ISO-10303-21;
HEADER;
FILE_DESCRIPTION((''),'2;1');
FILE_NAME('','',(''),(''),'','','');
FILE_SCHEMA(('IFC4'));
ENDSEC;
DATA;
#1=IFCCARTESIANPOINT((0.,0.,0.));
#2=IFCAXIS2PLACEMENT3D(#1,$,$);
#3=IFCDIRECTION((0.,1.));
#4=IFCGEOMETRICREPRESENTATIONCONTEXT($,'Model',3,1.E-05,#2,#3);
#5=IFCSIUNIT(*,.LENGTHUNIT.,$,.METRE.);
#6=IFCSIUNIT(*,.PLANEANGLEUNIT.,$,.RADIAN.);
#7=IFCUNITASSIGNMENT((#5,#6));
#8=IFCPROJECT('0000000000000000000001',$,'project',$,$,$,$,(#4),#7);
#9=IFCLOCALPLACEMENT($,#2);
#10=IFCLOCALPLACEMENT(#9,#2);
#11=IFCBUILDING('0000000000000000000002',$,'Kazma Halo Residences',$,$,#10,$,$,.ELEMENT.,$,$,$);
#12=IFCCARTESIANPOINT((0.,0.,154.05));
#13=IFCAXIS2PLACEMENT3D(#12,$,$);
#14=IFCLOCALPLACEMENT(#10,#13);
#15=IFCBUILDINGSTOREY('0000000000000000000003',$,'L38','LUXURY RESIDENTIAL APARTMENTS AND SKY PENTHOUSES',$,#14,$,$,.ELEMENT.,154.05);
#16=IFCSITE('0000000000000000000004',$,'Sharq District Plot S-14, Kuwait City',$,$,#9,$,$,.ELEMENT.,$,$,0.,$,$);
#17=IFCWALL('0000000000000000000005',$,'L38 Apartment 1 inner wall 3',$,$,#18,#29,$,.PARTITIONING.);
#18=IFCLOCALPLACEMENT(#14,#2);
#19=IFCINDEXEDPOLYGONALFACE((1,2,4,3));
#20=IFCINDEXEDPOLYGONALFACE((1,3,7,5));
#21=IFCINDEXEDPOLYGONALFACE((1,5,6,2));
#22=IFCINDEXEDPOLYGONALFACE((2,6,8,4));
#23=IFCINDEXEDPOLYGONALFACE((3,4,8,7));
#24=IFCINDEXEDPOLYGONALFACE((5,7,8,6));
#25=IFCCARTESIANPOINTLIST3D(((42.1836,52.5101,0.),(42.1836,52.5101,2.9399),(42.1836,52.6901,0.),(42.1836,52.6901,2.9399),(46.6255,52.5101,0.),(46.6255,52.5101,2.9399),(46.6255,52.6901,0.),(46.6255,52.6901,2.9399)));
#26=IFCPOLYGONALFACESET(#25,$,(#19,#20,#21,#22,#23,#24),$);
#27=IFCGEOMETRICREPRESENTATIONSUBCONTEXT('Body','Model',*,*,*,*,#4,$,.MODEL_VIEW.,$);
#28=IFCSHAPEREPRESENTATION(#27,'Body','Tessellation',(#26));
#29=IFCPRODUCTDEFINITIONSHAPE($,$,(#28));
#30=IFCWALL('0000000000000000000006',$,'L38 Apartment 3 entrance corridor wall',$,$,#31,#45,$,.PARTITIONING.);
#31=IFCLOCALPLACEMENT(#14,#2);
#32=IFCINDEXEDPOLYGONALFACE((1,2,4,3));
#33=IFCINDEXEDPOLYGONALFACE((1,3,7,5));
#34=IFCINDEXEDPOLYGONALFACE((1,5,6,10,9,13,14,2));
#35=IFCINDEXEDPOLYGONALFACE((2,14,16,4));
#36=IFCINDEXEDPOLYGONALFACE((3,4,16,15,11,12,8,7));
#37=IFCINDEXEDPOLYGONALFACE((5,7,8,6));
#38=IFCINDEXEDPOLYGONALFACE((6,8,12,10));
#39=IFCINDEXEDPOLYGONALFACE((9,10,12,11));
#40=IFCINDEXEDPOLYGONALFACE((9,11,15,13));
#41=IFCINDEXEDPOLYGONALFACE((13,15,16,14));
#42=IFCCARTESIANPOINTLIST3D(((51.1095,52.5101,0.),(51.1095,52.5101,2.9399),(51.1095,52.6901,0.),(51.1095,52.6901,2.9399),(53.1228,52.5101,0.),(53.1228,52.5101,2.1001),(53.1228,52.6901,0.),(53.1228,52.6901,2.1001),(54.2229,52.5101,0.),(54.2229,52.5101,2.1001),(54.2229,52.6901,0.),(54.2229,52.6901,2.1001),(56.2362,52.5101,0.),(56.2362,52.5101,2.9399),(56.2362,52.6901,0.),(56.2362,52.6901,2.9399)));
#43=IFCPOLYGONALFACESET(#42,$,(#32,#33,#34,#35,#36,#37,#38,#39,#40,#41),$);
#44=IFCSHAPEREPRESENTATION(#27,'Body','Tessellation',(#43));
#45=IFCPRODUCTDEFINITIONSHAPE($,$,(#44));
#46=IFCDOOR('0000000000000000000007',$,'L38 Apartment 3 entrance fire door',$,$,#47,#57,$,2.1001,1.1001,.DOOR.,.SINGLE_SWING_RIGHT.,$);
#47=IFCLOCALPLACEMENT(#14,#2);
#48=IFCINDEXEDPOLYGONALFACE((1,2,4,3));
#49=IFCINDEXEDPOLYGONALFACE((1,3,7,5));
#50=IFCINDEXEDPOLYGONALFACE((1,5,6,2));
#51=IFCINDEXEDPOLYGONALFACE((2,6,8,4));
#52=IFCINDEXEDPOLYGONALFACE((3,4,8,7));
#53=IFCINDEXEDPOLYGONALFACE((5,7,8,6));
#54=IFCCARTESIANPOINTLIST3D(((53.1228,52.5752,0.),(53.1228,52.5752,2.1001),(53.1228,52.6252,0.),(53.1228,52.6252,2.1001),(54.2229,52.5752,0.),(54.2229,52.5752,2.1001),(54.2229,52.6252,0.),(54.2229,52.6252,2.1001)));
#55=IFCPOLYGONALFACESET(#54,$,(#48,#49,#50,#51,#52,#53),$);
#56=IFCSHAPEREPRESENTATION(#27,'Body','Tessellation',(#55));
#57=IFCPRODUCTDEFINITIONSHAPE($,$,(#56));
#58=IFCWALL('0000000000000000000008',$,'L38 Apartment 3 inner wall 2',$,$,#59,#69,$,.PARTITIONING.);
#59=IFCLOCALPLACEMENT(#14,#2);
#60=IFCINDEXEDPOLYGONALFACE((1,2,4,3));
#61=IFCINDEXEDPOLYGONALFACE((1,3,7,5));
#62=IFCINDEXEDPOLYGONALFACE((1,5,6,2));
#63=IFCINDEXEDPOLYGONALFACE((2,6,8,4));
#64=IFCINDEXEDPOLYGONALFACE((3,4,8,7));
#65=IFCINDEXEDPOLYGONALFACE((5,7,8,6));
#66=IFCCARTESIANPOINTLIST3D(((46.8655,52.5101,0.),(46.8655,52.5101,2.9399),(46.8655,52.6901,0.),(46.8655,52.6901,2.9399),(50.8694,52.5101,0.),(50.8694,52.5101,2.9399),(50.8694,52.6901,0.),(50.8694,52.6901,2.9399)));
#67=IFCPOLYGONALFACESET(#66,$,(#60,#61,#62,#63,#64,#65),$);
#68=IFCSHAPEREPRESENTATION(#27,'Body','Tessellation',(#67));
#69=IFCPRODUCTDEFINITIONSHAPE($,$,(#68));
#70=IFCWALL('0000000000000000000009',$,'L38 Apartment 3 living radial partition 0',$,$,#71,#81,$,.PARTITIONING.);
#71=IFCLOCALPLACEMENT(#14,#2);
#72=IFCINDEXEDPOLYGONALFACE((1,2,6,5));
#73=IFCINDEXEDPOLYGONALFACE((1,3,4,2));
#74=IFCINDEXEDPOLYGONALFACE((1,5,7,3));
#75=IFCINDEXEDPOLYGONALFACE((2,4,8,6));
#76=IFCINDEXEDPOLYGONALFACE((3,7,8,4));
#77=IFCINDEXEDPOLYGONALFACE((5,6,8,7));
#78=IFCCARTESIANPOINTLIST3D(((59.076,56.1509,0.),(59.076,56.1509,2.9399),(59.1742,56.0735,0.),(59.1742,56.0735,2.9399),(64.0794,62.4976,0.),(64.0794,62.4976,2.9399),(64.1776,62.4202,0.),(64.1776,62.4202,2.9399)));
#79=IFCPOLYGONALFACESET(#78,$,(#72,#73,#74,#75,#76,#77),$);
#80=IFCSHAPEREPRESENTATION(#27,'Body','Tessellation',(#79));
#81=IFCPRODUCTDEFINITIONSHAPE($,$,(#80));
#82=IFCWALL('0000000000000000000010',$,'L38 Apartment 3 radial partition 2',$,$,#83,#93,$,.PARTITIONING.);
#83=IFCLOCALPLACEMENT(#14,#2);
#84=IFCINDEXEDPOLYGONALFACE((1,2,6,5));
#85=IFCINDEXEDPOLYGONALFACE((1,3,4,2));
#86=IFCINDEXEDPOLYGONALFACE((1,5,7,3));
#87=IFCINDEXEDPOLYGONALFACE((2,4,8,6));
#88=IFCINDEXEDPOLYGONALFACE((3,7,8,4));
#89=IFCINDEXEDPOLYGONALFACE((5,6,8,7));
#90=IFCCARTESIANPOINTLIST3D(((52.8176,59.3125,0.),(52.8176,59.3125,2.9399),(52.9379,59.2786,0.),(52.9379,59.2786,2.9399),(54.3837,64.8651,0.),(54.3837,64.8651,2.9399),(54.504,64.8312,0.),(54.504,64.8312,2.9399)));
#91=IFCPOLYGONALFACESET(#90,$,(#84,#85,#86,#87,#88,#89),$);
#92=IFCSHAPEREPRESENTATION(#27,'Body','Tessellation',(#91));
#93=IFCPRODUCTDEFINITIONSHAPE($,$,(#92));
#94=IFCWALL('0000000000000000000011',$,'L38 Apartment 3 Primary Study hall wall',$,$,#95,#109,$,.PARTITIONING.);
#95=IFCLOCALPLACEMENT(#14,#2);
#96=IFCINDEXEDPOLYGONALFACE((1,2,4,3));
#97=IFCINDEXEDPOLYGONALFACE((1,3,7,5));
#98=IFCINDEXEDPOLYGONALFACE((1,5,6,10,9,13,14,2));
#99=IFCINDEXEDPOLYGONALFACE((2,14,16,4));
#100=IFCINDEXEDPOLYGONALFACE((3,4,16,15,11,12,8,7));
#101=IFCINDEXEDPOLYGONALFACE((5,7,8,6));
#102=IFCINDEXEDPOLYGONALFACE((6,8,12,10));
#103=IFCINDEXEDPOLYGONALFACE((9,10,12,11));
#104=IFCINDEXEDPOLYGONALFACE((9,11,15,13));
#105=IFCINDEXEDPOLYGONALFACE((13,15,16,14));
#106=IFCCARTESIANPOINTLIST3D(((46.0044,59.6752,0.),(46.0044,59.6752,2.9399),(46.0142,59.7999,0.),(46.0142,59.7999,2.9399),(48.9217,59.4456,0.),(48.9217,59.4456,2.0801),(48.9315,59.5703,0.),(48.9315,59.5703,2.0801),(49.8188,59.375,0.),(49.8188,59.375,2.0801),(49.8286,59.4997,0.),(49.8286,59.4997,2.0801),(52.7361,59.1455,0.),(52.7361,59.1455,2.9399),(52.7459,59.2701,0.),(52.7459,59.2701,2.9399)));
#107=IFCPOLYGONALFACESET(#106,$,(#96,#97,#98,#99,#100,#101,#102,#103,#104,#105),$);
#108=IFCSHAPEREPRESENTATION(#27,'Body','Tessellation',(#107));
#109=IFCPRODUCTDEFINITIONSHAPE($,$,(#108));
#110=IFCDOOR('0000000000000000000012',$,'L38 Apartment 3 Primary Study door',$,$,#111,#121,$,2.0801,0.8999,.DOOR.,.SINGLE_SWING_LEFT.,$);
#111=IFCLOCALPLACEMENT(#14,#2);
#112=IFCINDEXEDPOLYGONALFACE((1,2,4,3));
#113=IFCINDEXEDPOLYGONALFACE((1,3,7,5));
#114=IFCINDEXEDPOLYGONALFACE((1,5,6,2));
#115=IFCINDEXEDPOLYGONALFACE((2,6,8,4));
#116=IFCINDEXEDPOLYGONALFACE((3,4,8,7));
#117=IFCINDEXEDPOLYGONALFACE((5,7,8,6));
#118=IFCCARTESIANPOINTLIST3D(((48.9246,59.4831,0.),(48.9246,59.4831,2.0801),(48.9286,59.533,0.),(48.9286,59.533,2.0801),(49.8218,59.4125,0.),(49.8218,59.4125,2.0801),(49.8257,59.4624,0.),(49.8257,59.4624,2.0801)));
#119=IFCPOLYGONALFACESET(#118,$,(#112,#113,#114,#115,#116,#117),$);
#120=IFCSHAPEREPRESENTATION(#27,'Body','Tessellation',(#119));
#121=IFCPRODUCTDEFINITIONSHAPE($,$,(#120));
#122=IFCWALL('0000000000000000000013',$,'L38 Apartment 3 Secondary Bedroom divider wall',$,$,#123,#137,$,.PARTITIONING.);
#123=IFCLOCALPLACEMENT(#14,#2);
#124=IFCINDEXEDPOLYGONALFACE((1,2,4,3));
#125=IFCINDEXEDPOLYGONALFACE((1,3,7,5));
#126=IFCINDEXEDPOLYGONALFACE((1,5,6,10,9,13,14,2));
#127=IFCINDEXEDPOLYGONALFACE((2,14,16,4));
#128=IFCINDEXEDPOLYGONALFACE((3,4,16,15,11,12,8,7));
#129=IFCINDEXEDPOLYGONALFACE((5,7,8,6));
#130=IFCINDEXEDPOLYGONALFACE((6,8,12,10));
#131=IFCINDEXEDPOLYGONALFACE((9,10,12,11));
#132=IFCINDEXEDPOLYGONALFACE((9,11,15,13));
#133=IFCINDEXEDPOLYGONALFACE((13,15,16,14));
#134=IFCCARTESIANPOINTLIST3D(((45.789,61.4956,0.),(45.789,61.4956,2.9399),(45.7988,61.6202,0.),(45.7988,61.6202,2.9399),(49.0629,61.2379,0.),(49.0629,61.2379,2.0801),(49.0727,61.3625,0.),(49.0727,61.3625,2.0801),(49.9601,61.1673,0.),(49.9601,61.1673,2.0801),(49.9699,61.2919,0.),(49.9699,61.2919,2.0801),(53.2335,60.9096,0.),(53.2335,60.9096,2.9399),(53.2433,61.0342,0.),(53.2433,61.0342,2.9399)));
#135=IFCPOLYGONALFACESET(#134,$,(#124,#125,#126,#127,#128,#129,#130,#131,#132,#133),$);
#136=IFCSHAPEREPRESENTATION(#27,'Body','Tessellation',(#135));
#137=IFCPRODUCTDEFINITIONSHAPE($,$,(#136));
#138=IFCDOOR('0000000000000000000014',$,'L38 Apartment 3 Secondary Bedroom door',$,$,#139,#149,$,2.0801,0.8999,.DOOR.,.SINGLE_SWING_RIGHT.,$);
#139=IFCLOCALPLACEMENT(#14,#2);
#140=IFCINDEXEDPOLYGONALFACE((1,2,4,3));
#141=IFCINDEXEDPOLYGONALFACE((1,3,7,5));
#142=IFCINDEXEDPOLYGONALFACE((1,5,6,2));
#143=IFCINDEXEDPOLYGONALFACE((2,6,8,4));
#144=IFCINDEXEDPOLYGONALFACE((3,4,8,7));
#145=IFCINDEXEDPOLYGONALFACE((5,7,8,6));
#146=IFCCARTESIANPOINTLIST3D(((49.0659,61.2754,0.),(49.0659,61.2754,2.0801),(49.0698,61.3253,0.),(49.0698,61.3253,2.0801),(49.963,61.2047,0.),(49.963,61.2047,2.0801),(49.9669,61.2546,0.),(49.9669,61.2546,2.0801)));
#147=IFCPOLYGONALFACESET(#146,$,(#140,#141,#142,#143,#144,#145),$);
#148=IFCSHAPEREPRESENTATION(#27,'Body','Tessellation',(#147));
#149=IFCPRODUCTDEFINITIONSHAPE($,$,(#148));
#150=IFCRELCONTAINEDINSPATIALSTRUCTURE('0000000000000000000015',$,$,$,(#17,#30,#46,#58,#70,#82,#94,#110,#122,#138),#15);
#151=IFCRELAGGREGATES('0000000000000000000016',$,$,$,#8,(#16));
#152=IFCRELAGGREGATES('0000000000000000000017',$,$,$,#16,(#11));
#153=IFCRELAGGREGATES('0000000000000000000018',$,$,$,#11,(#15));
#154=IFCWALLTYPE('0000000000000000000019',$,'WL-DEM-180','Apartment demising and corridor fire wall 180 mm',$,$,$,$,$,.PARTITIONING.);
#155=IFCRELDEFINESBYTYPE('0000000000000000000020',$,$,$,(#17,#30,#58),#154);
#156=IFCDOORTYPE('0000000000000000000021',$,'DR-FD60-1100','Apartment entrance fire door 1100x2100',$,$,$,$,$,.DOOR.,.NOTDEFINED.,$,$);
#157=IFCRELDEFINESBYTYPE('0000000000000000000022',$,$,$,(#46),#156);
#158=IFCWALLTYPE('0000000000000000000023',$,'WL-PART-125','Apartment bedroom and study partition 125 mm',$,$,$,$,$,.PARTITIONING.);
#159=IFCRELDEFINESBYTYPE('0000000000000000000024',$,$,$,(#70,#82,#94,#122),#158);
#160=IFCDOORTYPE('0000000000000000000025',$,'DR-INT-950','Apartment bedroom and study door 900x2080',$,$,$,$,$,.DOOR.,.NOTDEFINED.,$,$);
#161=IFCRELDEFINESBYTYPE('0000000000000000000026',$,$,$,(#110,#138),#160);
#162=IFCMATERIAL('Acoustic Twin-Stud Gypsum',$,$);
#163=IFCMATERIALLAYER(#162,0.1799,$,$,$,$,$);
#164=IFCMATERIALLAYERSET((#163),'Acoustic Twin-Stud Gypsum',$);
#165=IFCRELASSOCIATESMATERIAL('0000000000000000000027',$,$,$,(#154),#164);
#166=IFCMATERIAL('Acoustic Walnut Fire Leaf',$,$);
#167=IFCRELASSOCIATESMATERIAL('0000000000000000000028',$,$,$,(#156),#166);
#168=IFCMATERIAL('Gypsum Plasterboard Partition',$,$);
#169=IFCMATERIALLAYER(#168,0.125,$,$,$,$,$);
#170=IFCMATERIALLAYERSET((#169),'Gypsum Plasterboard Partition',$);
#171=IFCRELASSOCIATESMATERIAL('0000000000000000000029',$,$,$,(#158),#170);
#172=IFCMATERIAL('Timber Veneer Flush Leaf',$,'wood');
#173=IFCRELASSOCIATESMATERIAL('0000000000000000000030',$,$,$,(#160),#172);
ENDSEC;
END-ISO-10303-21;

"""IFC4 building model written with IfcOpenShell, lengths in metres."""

from ifc_helpers import new_model, si_unit, direction, frame, frame_2d, origin, place, context, subcontext, project, spatial, rectangle, extrude, material, layer, layer_set, type_object, element, fill, save


model = new_model("IFC4")

# Units and contexts
model_context = context("Model", 3, precision=1e-05, world=origin(), true_north=direction((0.0, 1.0)))
body_context = subcontext(model_context, "Body", "Model", "MODEL_VIEW")
ifc_project = project(units=[si_unit("LENGTHUNIT", "METRE"), si_unit("PLANEANGLEUNIT", "RADIAN")], contexts=[model_context])

# Site, building, storey
site_placement = place(None, origin())
site = spatial("IfcSite", under=ifc_project, at=site_placement, Name="Sharq District Plot S-14, Kuwait City", CompositionType="ELEMENT", RefElevation=0.0)
building_placement = place(site_placement, origin())
building = spatial("IfcBuilding", under=site, at=building_placement, Name="Kazma Halo Residences", CompositionType="ELEMENT")
storey_placement = place(building_placement, frame((0.0, 0.0, 154.05)))
storey = spatial("IfcBuildingStorey", under=building, at=storey_placement, Name="L38", Description="LUXURY RESIDENTIAL APARTMENTS AND SKY PENTHOUSES", CompositionType="ELEMENT", Elevation=154.05)

# Wall
ifc_material_1 = material(Name="Acoustic Twin-Stud Gypsum")
ifc_layer_1 = layer(ifc_material_1, 0.1799)
ifc_layer_set_1 = layer_set([ifc_layer_1], Name="Acoustic Twin-Stud Gypsum")
wall_type_1 = type_object("IfcWallType", Name="WL-DEM-180", Description="Apartment demising and corridor fire wall 180 mm", PredefinedType="PARTITIONING", material=ifc_layer_set_1)
wall_1_placement = place(storey_placement, frame((46.6255, 52.6001, 0.0), z_axis=(0.0, 0.0, 1.0), x_axis=(-1.0, 0.0, 0.0)))
element("IfcWall", 1, at=wall_1_placement, inside=storey, type_object=wall_type_1, Name="L38 Apartment 1 inner wall 3", PredefinedType="PARTITIONING", context=body_context, shape_type="SweptSolid", body=[
    extrude(rectangle(XDim=4.4419, YDim=0.1799, at=frame_2d((2.2209, 0.0))), origin(), (0.0, 0.0, 1.0), 2.9399),
])

# Wall, opening, door
wall_2_placement = place(storey_placement, frame((56.2363, 52.6001, 0.0), z_axis=(0.0, 0.0, 1.0), x_axis=(-1.0, 0.0, 0.0)))
wall_2 = element("IfcWall", 2, at=wall_2_placement, inside=storey, type_object=wall_type_1, Name="L38 Apartment 3 entrance corridor wall", PredefinedType="PARTITIONING", context=body_context, shape_type="SweptSolid", body=[
    extrude(rectangle(XDim=5.1267, YDim=0.1799, at=frame_2d((2.5635, 0.0))), origin(), (0.0, 0.0, 1.0), 2.9399),
])
opening_1_placement = place(wall_2_placement, frame((2.0134, 0.0, 0.0)))
opening_1 = element("IfcOpeningElement", 3, at=opening_1_placement, cuts=wall_2, PredefinedType="OPENING", context=body_context, shape_type="SweptSolid", body=[
    extrude(rectangle(XDim=1.1001, YDim=2.1001, at=frame_2d((0.55, 1.05))), frame((0.0, 0.0999, 0.0), z_axis=(0.0, -1.0, 0.0), x_axis=(1.0, 0.0, 0.0)), (0.0, 0.0, 1.0), 0.2),
])
ifc_material_2 = material(Name="Acoustic Walnut Fire Leaf")
door_type_1 = type_object("IfcDoorType", Name="DR-FD60-1100", Description="Apartment entrance fire door 1100x2100", OperationType="NOTDEFINED", PredefinedType="DOOR", material=ifc_material_2)
door_1_placement = place(opening_1_placement, origin())
door_1 = element("IfcDoor", 4, at=door_1_placement, inside=storey, type_object=door_type_1, Name="L38 Apartment 3 entrance fire door", OperationType="SINGLE_SWING_RIGHT", OverallHeight=2.1001, OverallWidth=1.1001, PredefinedType="DOOR", context=body_context, shape_type="SweptSolid", body=[
    extrude(rectangle(XDim=1.1001, YDim=2.1001, at=frame_2d((0.55, 1.05))), frame((0.0, 0.0249, 0.0), z_axis=(0.0, -1.0, 0.0), x_axis=(1.0, 0.0, 0.0)), (0.0, 0.0, 1.0), 0.05),
])
fill(opening_1, door_1)

# Walls
wall_3_placement = place(storey_placement, frame((50.8694, 52.6001, 0.0), z_axis=(0.0, 0.0, 1.0), x_axis=(-1.0, 0.0, 0.0)))
element("IfcWall", 5, at=wall_3_placement, inside=storey, type_object=wall_type_1, Name="L38 Apartment 3 inner wall 2", PredefinedType="PARTITIONING", context=body_context, shape_type="SweptSolid", body=[
    extrude(rectangle(XDim=4.0039, YDim=0.1799, at=frame_2d((2.002, 0.0))), origin(), (0.0, 0.0, 1.0), 2.9399),
])
ifc_material_3 = material(Name="Gypsum Plasterboard Partition")
ifc_layer_2 = layer(ifc_material_3, 0.125)
ifc_layer_set_2 = layer_set([ifc_layer_2], Name="Gypsum Plasterboard Partition")
wall_type_2 = type_object("IfcWallType", Name="WL-PART-125", Description="Apartment bedroom and study partition 125 mm", PredefinedType="PARTITIONING", material=ifc_layer_set_2)
wall_4_placement = place(storey_placement, frame((59.125, 56.1121, 0.0), z_axis=(0.0, 0.0, 1.0), x_axis=(0.619102, 0.785311, 0.0)))
element("IfcWall", 6, at=wall_4_placement, inside=storey, type_object=wall_type_2, Name="L38 Apartment 3 living radial partition 0", PredefinedType="PARTITIONING", context=body_context, shape_type="SweptSolid", body=[
    extrude(rectangle(XDim=8.0818, YDim=0.125, at=frame_2d((4.041, 0.0))), origin(), (0.0, 0.0, 1.0), 2.9399),
])
wall_5_placement = place(storey_placement, frame((52.8777, 59.2954, 0.0), z_axis=(0.0, 0.0, 1.0), x_axis=(0.271461, 0.962449, 0.0)))
element("IfcWall", 7, at=wall_5_placement, inside=storey, type_object=wall_type_2, Name="L38 Apartment 3 radial partition 2", PredefinedType="PARTITIONING", context=body_context, shape_type="SweptSolid", body=[
    extrude(rectangle(XDim=5.7693, YDim=0.125, at=frame_2d((2.8848, 0.0))), origin(), (0.0, 0.0, 1.0), 2.9399),
])

# Walls, openings, doors
wall_6_placement = place(storey_placement, frame((52.741, 59.2078, 0.0), z_axis=(0.0, 0.0, 1.0), x_axis=(-0.996917, 0.078458, 0.0)))
wall_6 = element("IfcWall", 8, at=wall_6_placement, inside=storey, type_object=wall_type_2, Name="L38 Apartment 3 Primary Study hall wall", PredefinedType="PARTITIONING", context=body_context, shape_type="SweptSolid", body=[
    extrude(rectangle(XDim=6.7524, YDim=0.125, at=frame_2d((3.3762, 0.0))), origin(), (0.0, 0.0, 1.0), 2.9399),
])
opening_2_placement = place(wall_6_placement, frame((2.9263, 0.0, 0.0)))
opening_2 = element("IfcOpeningElement", 9, at=opening_2_placement, cuts=wall_6, PredefinedType="OPENING", context=body_context, shape_type="SweptSolid", body=[
    extrude(rectangle(XDim=0.8999, YDim=2.0801, at=frame_2d((0.45, 1.04))), frame((0.0, 0.0725, 0.0), z_axis=(0.0, -1.0, 0.0), x_axis=(1.0, 0.0, 0.0)), (0.0, 0.0, 1.0), 0.145),
])
ifc_material_4 = material(Name="Timber Veneer Flush Leaf", Category="wood")
door_type_2 = type_object("IfcDoorType", Name="DR-INT-950", Description="Apartment bedroom and study door 900x2080", OperationType="NOTDEFINED", PredefinedType="DOOR", material=ifc_material_4)
door_2_placement = place(opening_2_placement, origin())
door_2 = element("IfcDoor", 10, at=door_2_placement, inside=storey, type_object=door_type_2, Name="L38 Apartment 3 Primary Study door", OperationType="SINGLE_SWING_LEFT", OverallHeight=2.0801, OverallWidth=0.8999, PredefinedType="DOOR", context=body_context, shape_type="SweptSolid", body=[
    extrude(rectangle(XDim=0.8999, YDim=2.0801, at=frame_2d((0.45, 1.04))), frame((0.0, 0.0249, 0.0), z_axis=(0.0, -1.0, 0.0), x_axis=(1.0, 0.0, 0.0)), (0.0, 0.0, 1.0), 0.05),
])
fill(opening_2, door_2)
wall_7_placement = place(storey_placement, frame((53.2385, 60.9719, 0.0), z_axis=(0.0, 0.0, 1.0), x_axis=(-0.996917, 0.078464, 0.0)))
wall_7 = element("IfcWall", 11, at=wall_7_placement, inside=storey, type_object=wall_type_2, Name="L38 Apartment 3 Secondary Bedroom divider wall", PredefinedType="PARTITIONING", context=body_context, shape_type="SweptSolid", body=[
    extrude(rectangle(XDim=7.4675, YDim=0.125, at=frame_2d((3.7339, 0.0))), origin(), (0.0, 0.0, 1.0), 2.9399),
])
opening_3_placement = place(wall_7_placement, frame((3.2837, 0.0, 0.0)))
opening_3 = element("IfcOpeningElement", 12, at=opening_3_placement, cuts=wall_7, PredefinedType="OPENING", context=body_context, shape_type="SweptSolid", body=[
    extrude(rectangle(XDim=0.8999, YDim=2.0801, at=frame_2d((0.45, 1.04))), frame((0.0, 0.0725, 0.0), z_axis=(0.0, -1.0, 0.0), x_axis=(1.0, 0.0, 0.0)), (0.0, 0.0, 1.0), 0.145),
])
door_3_placement = place(opening_3_placement, origin())
door_3 = element("IfcDoor", 13, at=door_3_placement, inside=storey, type_object=door_type_2, Name="L38 Apartment 3 Secondary Bedroom door", OperationType="SINGLE_SWING_RIGHT", OverallHeight=2.0801, OverallWidth=0.8999, PredefinedType="DOOR", context=body_context, shape_type="SweptSolid", body=[
    extrude(rectangle(XDim=0.8999, YDim=2.0801, at=frame_2d((0.45, 1.04))), frame((0.0, 0.0249, 0.0), z_axis=(0.0, -1.0, 0.0), x_axis=(1.0, 0.0, 0.0)), (0.0, 0.0, 1.0), 0.05),
])
fill(opening_3, door_3)

save(model, "model.ifc")
